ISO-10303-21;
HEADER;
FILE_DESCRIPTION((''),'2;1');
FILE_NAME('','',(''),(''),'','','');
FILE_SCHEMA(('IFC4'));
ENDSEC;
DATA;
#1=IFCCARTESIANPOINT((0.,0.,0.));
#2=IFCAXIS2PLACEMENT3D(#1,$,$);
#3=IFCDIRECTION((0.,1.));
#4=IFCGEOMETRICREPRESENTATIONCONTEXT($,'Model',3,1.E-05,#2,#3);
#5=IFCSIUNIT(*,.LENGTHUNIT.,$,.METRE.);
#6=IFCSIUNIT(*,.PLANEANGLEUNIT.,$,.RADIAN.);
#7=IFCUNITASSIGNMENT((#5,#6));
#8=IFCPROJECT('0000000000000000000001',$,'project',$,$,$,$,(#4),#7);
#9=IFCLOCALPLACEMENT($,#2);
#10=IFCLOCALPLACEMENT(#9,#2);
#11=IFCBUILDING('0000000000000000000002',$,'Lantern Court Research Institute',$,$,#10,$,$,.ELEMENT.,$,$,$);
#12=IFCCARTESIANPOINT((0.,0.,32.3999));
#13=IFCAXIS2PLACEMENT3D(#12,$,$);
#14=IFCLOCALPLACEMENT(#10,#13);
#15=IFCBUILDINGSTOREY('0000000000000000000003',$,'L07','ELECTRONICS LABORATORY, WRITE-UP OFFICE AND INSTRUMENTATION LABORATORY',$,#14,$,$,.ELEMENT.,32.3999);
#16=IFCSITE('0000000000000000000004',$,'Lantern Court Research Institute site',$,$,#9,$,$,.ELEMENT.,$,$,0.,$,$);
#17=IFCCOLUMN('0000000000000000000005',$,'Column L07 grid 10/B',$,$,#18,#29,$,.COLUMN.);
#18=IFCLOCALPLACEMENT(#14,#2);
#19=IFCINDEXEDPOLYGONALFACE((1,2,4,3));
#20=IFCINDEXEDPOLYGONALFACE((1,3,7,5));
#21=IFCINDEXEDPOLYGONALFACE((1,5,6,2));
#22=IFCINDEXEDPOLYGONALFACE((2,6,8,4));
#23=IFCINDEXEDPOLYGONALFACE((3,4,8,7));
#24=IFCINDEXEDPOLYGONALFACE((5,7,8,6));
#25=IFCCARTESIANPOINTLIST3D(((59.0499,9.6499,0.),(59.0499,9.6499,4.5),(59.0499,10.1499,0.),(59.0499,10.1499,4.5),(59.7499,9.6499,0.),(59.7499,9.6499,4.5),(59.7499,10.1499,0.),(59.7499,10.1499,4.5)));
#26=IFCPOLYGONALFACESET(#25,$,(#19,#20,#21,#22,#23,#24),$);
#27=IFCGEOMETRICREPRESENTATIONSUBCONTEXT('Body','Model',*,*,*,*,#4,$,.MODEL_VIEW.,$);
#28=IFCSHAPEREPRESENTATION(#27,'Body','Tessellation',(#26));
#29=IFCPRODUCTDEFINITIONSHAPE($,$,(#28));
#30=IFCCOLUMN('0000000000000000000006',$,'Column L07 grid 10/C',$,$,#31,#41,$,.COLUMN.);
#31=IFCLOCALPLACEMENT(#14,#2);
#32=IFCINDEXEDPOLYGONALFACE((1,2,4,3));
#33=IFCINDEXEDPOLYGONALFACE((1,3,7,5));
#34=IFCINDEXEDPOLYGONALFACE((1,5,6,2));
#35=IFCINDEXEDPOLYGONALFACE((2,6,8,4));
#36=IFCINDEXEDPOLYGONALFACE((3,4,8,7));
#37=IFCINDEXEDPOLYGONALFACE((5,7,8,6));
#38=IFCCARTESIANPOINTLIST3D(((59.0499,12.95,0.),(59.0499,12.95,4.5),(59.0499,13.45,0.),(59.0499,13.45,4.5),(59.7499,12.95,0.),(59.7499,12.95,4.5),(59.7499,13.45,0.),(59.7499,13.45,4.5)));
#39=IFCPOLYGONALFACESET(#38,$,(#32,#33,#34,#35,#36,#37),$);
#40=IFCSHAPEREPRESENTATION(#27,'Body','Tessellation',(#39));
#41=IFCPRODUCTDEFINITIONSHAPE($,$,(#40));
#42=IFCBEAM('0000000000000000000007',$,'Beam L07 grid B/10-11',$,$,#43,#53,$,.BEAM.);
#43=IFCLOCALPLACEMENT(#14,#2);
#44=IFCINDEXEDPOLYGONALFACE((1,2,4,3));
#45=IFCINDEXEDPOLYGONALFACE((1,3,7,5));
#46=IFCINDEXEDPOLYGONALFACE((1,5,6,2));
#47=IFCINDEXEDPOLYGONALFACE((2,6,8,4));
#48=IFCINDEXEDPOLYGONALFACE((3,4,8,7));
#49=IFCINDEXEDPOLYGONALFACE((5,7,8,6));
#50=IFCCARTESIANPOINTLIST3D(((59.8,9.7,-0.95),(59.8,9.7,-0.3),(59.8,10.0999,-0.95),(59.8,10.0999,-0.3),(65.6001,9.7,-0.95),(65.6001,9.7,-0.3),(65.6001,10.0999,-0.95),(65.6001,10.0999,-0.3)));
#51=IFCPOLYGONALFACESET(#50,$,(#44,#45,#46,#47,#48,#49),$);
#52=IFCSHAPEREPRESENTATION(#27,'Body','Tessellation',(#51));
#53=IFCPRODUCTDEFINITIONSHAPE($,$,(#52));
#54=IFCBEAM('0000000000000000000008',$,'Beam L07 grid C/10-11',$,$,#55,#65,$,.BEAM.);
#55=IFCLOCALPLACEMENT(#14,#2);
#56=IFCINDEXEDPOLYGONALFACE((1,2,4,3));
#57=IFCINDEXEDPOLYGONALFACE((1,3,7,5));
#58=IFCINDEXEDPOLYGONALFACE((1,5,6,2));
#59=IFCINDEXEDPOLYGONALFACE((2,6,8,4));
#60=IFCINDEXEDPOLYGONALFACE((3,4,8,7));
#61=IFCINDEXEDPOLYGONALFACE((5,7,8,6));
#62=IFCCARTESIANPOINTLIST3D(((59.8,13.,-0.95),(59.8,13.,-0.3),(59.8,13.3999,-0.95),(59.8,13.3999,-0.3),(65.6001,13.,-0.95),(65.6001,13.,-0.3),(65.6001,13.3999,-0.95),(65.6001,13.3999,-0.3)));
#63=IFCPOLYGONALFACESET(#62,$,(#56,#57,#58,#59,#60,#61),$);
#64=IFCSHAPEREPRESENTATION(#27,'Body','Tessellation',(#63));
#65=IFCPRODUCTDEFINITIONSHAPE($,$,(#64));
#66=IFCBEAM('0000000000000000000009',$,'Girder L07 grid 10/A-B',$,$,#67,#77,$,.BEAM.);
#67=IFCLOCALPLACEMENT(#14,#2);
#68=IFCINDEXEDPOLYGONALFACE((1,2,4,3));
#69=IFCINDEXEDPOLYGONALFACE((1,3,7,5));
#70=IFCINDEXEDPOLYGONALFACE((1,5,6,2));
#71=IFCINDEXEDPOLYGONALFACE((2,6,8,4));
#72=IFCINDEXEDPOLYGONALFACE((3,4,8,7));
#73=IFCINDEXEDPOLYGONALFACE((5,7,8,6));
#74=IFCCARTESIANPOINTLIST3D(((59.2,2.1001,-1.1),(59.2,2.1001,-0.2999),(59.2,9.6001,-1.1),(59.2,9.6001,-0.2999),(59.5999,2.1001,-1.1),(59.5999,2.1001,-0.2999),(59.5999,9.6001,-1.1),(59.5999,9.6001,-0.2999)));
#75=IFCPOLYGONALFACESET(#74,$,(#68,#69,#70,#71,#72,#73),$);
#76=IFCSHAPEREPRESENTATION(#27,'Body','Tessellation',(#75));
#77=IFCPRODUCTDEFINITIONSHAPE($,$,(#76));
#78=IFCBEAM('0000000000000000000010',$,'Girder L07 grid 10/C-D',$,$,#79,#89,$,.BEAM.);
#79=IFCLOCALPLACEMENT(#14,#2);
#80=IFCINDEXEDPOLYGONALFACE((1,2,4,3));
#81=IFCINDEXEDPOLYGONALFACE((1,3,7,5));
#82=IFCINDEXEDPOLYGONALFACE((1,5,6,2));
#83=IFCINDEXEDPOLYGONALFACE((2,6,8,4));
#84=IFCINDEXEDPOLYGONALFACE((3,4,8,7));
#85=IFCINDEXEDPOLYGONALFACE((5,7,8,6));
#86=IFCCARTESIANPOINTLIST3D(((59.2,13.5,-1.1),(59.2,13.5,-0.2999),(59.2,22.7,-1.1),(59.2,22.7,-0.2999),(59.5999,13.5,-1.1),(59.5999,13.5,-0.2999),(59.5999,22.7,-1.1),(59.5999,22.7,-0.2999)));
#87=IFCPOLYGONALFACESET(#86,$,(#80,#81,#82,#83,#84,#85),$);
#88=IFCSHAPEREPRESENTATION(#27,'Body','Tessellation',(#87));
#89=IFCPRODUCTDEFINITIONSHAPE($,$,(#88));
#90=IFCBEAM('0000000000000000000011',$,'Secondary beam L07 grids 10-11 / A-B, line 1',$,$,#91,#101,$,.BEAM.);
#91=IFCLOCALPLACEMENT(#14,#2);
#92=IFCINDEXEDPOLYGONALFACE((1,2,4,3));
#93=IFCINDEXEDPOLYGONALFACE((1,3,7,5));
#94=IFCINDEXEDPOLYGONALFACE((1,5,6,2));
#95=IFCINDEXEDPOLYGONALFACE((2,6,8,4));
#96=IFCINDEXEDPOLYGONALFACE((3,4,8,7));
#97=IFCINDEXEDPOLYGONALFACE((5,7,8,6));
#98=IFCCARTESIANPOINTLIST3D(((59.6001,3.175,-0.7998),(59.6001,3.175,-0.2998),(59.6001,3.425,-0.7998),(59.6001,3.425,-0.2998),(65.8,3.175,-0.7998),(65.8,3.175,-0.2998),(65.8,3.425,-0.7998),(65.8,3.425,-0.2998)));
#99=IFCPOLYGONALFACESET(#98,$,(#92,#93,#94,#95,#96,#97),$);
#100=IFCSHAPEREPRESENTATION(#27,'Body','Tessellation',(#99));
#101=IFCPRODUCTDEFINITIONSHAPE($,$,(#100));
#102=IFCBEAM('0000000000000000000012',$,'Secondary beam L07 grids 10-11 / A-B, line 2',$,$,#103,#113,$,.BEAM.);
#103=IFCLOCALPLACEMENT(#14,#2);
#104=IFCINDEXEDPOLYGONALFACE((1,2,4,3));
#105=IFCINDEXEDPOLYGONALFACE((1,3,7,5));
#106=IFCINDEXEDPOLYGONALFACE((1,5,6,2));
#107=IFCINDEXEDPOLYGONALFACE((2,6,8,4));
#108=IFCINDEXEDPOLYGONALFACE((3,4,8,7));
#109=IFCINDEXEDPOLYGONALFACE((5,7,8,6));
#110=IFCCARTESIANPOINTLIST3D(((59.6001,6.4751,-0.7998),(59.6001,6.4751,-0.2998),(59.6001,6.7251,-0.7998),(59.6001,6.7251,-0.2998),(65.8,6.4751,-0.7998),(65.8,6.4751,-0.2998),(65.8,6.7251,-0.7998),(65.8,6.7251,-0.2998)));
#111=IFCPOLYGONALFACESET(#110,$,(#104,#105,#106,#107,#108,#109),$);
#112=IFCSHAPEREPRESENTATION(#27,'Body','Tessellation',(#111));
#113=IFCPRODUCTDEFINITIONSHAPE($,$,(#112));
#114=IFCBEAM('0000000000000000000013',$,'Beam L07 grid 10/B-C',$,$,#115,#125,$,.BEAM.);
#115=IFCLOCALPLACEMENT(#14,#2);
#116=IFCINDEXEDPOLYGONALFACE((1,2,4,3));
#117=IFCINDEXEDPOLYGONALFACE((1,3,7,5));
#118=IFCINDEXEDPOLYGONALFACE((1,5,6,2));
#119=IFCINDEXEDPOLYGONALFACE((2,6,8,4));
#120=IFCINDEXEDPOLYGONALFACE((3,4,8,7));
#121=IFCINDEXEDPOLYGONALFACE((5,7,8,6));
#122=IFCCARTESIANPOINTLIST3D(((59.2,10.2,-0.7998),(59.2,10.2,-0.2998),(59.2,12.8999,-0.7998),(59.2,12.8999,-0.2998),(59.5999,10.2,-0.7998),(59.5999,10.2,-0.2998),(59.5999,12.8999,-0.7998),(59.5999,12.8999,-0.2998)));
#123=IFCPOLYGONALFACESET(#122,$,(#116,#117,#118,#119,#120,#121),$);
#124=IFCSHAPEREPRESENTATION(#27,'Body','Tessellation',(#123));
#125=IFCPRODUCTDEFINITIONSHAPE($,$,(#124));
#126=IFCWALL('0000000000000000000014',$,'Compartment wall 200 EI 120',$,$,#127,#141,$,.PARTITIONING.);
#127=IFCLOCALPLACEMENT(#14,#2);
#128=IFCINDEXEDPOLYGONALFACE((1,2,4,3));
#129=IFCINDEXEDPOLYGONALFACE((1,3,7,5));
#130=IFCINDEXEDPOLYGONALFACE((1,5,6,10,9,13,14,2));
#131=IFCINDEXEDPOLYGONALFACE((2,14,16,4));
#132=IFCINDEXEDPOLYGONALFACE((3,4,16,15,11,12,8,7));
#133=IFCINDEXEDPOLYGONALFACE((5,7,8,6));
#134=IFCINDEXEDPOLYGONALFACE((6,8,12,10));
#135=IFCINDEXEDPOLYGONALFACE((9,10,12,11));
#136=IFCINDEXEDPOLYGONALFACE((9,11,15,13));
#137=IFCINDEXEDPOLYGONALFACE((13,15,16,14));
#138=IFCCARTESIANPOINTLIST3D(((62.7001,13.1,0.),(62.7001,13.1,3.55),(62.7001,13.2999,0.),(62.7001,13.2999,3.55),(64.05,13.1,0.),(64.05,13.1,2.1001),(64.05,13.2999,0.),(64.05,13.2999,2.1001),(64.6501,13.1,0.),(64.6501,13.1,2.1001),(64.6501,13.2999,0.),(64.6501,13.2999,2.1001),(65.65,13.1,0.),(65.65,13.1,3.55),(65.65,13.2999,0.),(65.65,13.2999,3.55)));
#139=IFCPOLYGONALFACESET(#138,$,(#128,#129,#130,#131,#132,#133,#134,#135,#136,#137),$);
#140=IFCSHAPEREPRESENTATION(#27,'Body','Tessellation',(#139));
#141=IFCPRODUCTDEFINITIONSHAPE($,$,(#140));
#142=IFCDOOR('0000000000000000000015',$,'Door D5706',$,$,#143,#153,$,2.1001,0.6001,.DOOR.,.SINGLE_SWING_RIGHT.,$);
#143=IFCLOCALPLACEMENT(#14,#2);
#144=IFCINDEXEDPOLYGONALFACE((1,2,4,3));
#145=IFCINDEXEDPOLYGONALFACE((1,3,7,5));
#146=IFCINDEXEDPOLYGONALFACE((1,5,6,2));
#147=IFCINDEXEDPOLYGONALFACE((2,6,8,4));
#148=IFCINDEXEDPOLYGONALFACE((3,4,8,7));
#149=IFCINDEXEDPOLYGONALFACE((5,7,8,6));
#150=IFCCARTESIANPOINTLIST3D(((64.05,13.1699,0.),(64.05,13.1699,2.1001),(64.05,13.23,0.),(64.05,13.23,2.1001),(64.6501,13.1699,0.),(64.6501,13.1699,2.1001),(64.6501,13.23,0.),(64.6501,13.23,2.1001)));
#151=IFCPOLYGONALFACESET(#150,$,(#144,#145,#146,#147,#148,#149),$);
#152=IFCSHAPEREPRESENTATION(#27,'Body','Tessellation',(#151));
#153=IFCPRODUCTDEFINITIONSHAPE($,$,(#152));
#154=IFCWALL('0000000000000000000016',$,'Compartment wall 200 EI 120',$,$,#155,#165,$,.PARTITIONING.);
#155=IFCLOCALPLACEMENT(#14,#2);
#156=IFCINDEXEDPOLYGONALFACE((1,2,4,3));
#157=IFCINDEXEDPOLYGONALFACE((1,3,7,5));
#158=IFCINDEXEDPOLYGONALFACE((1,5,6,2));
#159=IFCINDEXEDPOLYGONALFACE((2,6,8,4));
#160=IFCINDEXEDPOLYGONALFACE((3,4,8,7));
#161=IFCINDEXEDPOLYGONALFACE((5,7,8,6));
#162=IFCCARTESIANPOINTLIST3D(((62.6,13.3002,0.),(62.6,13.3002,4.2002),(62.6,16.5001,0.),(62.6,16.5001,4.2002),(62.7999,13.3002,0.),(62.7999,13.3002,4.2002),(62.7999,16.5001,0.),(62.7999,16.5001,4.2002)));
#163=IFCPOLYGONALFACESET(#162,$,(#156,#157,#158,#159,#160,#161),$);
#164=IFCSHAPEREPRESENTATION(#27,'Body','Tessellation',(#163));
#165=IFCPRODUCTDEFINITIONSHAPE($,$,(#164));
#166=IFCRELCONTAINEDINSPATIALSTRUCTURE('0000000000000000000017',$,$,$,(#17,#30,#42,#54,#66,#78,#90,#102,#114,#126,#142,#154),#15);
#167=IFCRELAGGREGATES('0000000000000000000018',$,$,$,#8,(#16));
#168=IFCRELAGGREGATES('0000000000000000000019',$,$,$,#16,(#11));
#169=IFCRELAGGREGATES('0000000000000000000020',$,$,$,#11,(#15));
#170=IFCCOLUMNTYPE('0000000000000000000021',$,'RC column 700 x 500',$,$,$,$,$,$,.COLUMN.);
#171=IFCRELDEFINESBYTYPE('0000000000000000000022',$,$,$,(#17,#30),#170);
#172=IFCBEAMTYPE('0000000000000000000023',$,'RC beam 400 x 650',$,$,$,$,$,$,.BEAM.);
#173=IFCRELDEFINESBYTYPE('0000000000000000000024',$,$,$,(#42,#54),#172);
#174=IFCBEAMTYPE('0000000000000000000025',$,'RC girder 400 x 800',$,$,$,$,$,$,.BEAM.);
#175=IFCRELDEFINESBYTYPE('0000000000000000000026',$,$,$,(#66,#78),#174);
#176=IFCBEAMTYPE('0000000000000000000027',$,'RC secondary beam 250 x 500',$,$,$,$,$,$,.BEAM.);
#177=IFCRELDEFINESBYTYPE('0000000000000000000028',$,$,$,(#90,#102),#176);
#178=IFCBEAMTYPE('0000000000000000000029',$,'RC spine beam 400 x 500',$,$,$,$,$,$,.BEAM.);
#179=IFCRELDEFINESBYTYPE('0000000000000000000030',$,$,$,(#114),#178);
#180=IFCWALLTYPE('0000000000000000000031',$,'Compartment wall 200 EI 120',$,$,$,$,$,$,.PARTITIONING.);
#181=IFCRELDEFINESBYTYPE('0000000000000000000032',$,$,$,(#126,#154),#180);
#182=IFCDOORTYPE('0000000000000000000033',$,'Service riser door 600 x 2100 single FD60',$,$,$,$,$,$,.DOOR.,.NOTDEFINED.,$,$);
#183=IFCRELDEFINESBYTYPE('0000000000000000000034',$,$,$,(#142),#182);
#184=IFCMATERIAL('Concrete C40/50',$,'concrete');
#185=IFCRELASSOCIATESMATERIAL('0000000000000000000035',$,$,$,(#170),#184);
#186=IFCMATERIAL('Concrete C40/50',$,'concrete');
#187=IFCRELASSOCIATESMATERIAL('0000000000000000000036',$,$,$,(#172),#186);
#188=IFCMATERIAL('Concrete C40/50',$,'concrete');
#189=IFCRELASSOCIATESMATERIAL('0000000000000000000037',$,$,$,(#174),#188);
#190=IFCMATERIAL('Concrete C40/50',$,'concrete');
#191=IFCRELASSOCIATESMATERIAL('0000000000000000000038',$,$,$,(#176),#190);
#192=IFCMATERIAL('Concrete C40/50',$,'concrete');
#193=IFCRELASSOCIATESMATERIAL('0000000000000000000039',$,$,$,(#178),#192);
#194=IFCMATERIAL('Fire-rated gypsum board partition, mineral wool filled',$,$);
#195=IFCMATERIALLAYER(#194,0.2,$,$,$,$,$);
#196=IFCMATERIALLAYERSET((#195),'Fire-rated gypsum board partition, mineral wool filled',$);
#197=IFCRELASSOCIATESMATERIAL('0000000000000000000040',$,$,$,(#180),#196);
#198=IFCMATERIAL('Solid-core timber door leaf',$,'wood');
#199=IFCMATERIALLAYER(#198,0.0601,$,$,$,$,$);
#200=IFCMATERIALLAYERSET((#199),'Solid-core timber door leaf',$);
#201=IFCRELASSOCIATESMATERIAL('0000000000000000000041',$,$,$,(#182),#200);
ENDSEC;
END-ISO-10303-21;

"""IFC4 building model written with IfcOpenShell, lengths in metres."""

from ifc_helpers import new_model, si_unit, direction, frame, frame_2d, origin, origin_2d, place, context, subcontext, project, spatial, rectangle, extrude, material, layer, layer_set, material_profile, profile_set, type_object, element, fill, save


model = new_model("IFC4")

# Units and contexts
model_context = context("Model", 3, precision=1e-05, world=origin(), true_north=direction((0.0, 1.0)))
body_context = subcontext(model_context, "Body", "Model", "MODEL_VIEW")
ifc_project = project(units=[si_unit("LENGTHUNIT", "METRE"), si_unit("PLANEANGLEUNIT", "RADIAN")], contexts=[model_context])

# Site, building, storey
site_placement = place(None, origin())
site = spatial("IfcSite", under=ifc_project, at=site_placement, Name="Lantern Court Research Institute site", CompositionType="ELEMENT", RefElevation=0.0)
building_placement = place(site_placement, origin())
building = spatial("IfcBuilding", under=site, at=building_placement, Name="Lantern Court Research Institute", CompositionType="ELEMENT")
storey_placement = place(building_placement, frame((0.0, 0.0, 32.3999)))
storey = spatial("IfcBuildingStorey", under=building, at=storey_placement, Name="L07", Description="ELECTRONICS LABORATORY, WRITE-UP OFFICE AND INSTRUMENTATION LABORATORY", CompositionType="ELEMENT", Elevation=32.3999)

# Columns
ifc_material_1 = material(Name="Concrete C40/50", Category="concrete")
ifc_material_profile_1 = material_profile(ifc_material_1, rectangle(XDim=0.7, YDim=0.5, at=origin_2d()), Name="RC column 700 x 500")
ifc_profile_set_1 = profile_set([ifc_material_profile_1], Name="Concrete C40/50")
column_type = type_object("IfcColumnType", Name="RC column 700 x 500", PredefinedType="COLUMN", material=ifc_profile_set_1)
for number, where, z_axis, x_axis, name in (
    (1, (59.3999, 9.8999, 0.0), (0.0, 0.0, 1.0), (1.0, 0.0, 0.0), "Column L07 grid 10/B"),
    (2, (59.3999, 13.2, 0.0), (0.0, 0.0, 1.0), (1.0, 0.0, 0.0), "Column L07 grid 10/C"),
):
    element("IfcColumn", number, at=place(storey_placement, frame(where, z_axis=z_axis, x_axis=x_axis)), inside=storey, type_object=column_type, Name=name, PredefinedType="COLUMN", context=body_context, shape_type="SweptSolid", body=[
        extrude(rectangle(XDim=0.7, YDim=0.5, at=origin_2d()), origin(), (0.0, 0.0, 1.0), 4.5),
    ])

# Beams
ifc_material_2 = material(Name="Concrete C40/50", Category="concrete")
ifc_material_profile_2 = material_profile(ifc_material_2, rectangle(XDim=0.3999, YDim=0.6499, at=origin_2d()), Name="RC beam 400 x 650")
ifc_profile_set_2 = profile_set([ifc_material_profile_2], Name="Concrete C40/50")
beam_type_1 = type_object("IfcBeamType", Name="RC beam 400 x 650", PredefinedType="BEAM", material=ifc_profile_set_2)
for number, where, z_axis, x_axis, name in (
    (3, (59.8, 9.8999, -0.625), (1.0, 0.0, 0.0), (0.0, 1.0, 0.0), "Beam L07 grid B/10-11"),
    (4, (59.8, 13.2, -0.625), (1.0, 0.0, 0.0), (0.0, 1.0, 0.0), "Beam L07 grid C/10-11"),
):
    element("IfcBeam", number, at=place(storey_placement, frame(where, z_axis=z_axis, x_axis=x_axis)), inside=storey, type_object=beam_type_1, Name=name, PredefinedType="BEAM", context=body_context, shape_type="SweptSolid", body=[
        extrude(rectangle(XDim=0.3999, YDim=0.6499, at=origin_2d()), origin(), (0.0, 0.0, 1.0), 5.8),
    ])
ifc_material_3 = material(Name="Concrete C40/50", Category="concrete")
ifc_material_profile_3 = material_profile(ifc_material_3, rectangle(XDim=0.3999, YDim=0.8, at=origin_2d()), Name="RC beam 400 x 800")
ifc_profile_set_3 = profile_set([ifc_material_profile_3], Name="Concrete C40/50")
beam_type_2 = type_object("IfcBeamType", Name="RC girder 400 x 800", PredefinedType="BEAM", material=ifc_profile_set_3)
beam_1_placement = place(storey_placement, frame((59.3999, 2.1001, -0.7), z_axis=(0.0, 1.0, 0.0), x_axis=(-1.0, 0.0, 0.0)))
element("IfcBeam", 5, at=beam_1_placement, inside=storey, type_object=beam_type_2, Name="Girder L07 grid 10/A-B", PredefinedType="BEAM", context=body_context, shape_type="SweptSolid", body=[
    extrude(rectangle(XDim=0.3999, YDim=0.8, at=origin_2d()), origin(), (0.0, 0.0, 1.0), 7.5),
])
beam_2_placement = place(storey_placement, frame((59.3999, 13.5, -0.7), z_axis=(0.0, 1.0, 0.0), x_axis=(-1.0, 0.0, 0.0)))
element("IfcBeam", 6, at=beam_2_placement, inside=storey, type_object=beam_type_2, Name="Girder L07 grid 10/C-D", PredefinedType="BEAM", context=body_context, shape_type="SweptSolid", body=[
    extrude(rectangle(XDim=0.3999, YDim=0.8, at=origin_2d()), origin(), (0.0, 0.0, 1.0), 9.2),
])
ifc_material_4 = material(Name="Concrete C40/50", Category="concrete")
ifc_material_profile_4 = material_profile(ifc_material_4, rectangle(XDim=0.25, YDim=0.5, at=origin_2d()), Name="RC beam 250 x 500")
ifc_profile_set_4 = profile_set([ifc_material_profile_4], Name="Concrete C40/50")
beam_type_3 = type_object("IfcBeamType", Name="RC secondary beam 250 x 500", PredefinedType="BEAM", material=ifc_profile_set_4)
for number, where, z_axis, x_axis, name in (
    (7, (59.6001, 3.3, -0.5498), (1.0, 0.0, 0.0), (0.0, 1.0, 0.0), "Secondary beam L07 grids 10-11 / A-B, line 1"),
    (8, (59.6001, 6.6001, -0.5498), (1.0, 0.0, 0.0), (0.0, 1.0, 0.0), "Secondary beam L07 grids 10-11 / A-B, line 2"),
):
    element("IfcBeam", number, at=place(storey_placement, frame(where, z_axis=z_axis, x_axis=x_axis)), inside=storey, type_object=beam_type_3, Name=name, PredefinedType="BEAM", context=body_context, shape_type="SweptSolid", body=[
        extrude(rectangle(XDim=0.25, YDim=0.5, at=origin_2d()), origin(), (0.0, 0.0, 1.0), 6.2),
    ])
ifc_material_5 = material(Name="Concrete C40/50", Category="concrete")
ifc_material_profile_5 = material_profile(ifc_material_5, rectangle(XDim=0.3999, YDim=0.5, at=origin_2d()), Name="RC beam 400 x 500")
ifc_profile_set_5 = profile_set([ifc_material_profile_5], Name="Concrete C40/50")
beam_type_4 = type_object("IfcBeamType", Name="RC spine beam 400 x 500", PredefinedType="BEAM", material=ifc_profile_set_5)
beam_3_placement = place(storey_placement, frame((59.3999, 10.2, -0.5498), z_axis=(0.0, 1.0, 0.0), x_axis=(-1.0, 0.0, 0.0)))
element("IfcBeam", 9, at=beam_3_placement, inside=storey, type_object=beam_type_4, Name="Beam L07 grid 10/B-C", PredefinedType="BEAM", context=body_context, shape_type="SweptSolid", body=[
    extrude(rectangle(XDim=0.3999, YDim=0.5, at=origin_2d()), origin(), (0.0, 0.0, 1.0), 2.7),
])

# Wall, opening, door
ifc_material_6 = material(Name="Fire-rated gypsum board partition, mineral wool filled")
ifc_layer_1 = layer(ifc_material_6, 0.2)
ifc_layer_set_1 = layer_set([ifc_layer_1], Name="Fire-rated gypsum board partition, mineral wool filled")
wall_type_1 = type_object("IfcWallType", Name="Compartment wall 200 EI 120", PredefinedType="PARTITIONING", material=ifc_layer_set_1)
wall_1_placement = place(storey_placement, frame((62.7, 13.2, 0.0), z_axis=(0.0, 0.0, 1.0), x_axis=(1.0, 0.0, 0.0)))
wall_1 = element("IfcWall", 10, at=wall_1_placement, inside=storey, type_object=wall_type_1, Name="Compartment wall 200 EI 120", PredefinedType="PARTITIONING", context=body_context, shape_type="SweptSolid", body=[
    extrude(rectangle(XDim=2.95, YDim=0.2, at=frame_2d((1.4751, 0.0))), origin(), (0.0, 0.0, 1.0), 3.55),
])
opening_1_placement = place(wall_1_placement, frame((1.3501, 0.0, 0.0)))
opening_1 = element("IfcOpeningElement", 11, at=opening_1_placement, cuts=wall_1, PredefinedType="OPENING", context=body_context, shape_type="SweptSolid", body=[
    extrude(rectangle(XDim=0.6001, YDim=2.1001, at=frame_2d((0.3, 1.05))), frame((0.0, 0.1099, 0.0), z_axis=(0.0, -1.0, 0.0), x_axis=(1.0, 0.0, 0.0)), (0.0, 0.0, 1.0), 0.22),
])
ifc_material_7 = material(Name="Solid-core timber door leaf", Category="wood")
ifc_layer_2 = layer(ifc_material_7, 0.0601)
ifc_layer_set_2 = layer_set([ifc_layer_2], Name="Solid-core timber door leaf")
door_type_1 = type_object("IfcDoorType", Name="Service riser door 600 x 2100 single FD60", OperationType="NOTDEFINED", PredefinedType="DOOR", material=ifc_layer_set_2)
door_1_placement = place(opening_1_placement, origin())
door_1 = element("IfcDoor", 12, at=door_1_placement, inside=storey, type_object=door_type_1, Name="Door D5706", OperationType="SINGLE_SWING_RIGHT", OverallHeight=2.1001, OverallWidth=0.6001, PredefinedType="DOOR", context=body_context, shape_type="SweptSolid", body=[
    extrude(rectangle(XDim=0.6001, YDim=2.1001, at=frame_2d((0.3, 1.05))), frame((0.0, 0.03, 0.0), z_axis=(0.0, -1.0, 0.0), x_axis=(1.0, 0.0, 0.0)), (0.0, 0.0, 1.0), 0.0601),
])
fill(opening_1, door_1)

# Wall
wall_2_placement = place(storey_placement, frame((62.7, 13.3, 0.0), z_axis=(0.0, 0.0, 1.0), x_axis=(0.0, 1.0, 0.0)))
element("IfcWall", 13, at=wall_2_placement, inside=storey, type_object=wall_type_1, Name="Compartment wall 200 EI 120", PredefinedType="PARTITIONING", context=body_context, shape_type="SweptSolid", body=[
    extrude(rectangle(XDim=3.2, YDim=0.2, at=frame_2d((1.6001, 0.0))), origin(), (0.0, 0.0, 1.0), 4.2002),
])

save(model, "model.ifc")
